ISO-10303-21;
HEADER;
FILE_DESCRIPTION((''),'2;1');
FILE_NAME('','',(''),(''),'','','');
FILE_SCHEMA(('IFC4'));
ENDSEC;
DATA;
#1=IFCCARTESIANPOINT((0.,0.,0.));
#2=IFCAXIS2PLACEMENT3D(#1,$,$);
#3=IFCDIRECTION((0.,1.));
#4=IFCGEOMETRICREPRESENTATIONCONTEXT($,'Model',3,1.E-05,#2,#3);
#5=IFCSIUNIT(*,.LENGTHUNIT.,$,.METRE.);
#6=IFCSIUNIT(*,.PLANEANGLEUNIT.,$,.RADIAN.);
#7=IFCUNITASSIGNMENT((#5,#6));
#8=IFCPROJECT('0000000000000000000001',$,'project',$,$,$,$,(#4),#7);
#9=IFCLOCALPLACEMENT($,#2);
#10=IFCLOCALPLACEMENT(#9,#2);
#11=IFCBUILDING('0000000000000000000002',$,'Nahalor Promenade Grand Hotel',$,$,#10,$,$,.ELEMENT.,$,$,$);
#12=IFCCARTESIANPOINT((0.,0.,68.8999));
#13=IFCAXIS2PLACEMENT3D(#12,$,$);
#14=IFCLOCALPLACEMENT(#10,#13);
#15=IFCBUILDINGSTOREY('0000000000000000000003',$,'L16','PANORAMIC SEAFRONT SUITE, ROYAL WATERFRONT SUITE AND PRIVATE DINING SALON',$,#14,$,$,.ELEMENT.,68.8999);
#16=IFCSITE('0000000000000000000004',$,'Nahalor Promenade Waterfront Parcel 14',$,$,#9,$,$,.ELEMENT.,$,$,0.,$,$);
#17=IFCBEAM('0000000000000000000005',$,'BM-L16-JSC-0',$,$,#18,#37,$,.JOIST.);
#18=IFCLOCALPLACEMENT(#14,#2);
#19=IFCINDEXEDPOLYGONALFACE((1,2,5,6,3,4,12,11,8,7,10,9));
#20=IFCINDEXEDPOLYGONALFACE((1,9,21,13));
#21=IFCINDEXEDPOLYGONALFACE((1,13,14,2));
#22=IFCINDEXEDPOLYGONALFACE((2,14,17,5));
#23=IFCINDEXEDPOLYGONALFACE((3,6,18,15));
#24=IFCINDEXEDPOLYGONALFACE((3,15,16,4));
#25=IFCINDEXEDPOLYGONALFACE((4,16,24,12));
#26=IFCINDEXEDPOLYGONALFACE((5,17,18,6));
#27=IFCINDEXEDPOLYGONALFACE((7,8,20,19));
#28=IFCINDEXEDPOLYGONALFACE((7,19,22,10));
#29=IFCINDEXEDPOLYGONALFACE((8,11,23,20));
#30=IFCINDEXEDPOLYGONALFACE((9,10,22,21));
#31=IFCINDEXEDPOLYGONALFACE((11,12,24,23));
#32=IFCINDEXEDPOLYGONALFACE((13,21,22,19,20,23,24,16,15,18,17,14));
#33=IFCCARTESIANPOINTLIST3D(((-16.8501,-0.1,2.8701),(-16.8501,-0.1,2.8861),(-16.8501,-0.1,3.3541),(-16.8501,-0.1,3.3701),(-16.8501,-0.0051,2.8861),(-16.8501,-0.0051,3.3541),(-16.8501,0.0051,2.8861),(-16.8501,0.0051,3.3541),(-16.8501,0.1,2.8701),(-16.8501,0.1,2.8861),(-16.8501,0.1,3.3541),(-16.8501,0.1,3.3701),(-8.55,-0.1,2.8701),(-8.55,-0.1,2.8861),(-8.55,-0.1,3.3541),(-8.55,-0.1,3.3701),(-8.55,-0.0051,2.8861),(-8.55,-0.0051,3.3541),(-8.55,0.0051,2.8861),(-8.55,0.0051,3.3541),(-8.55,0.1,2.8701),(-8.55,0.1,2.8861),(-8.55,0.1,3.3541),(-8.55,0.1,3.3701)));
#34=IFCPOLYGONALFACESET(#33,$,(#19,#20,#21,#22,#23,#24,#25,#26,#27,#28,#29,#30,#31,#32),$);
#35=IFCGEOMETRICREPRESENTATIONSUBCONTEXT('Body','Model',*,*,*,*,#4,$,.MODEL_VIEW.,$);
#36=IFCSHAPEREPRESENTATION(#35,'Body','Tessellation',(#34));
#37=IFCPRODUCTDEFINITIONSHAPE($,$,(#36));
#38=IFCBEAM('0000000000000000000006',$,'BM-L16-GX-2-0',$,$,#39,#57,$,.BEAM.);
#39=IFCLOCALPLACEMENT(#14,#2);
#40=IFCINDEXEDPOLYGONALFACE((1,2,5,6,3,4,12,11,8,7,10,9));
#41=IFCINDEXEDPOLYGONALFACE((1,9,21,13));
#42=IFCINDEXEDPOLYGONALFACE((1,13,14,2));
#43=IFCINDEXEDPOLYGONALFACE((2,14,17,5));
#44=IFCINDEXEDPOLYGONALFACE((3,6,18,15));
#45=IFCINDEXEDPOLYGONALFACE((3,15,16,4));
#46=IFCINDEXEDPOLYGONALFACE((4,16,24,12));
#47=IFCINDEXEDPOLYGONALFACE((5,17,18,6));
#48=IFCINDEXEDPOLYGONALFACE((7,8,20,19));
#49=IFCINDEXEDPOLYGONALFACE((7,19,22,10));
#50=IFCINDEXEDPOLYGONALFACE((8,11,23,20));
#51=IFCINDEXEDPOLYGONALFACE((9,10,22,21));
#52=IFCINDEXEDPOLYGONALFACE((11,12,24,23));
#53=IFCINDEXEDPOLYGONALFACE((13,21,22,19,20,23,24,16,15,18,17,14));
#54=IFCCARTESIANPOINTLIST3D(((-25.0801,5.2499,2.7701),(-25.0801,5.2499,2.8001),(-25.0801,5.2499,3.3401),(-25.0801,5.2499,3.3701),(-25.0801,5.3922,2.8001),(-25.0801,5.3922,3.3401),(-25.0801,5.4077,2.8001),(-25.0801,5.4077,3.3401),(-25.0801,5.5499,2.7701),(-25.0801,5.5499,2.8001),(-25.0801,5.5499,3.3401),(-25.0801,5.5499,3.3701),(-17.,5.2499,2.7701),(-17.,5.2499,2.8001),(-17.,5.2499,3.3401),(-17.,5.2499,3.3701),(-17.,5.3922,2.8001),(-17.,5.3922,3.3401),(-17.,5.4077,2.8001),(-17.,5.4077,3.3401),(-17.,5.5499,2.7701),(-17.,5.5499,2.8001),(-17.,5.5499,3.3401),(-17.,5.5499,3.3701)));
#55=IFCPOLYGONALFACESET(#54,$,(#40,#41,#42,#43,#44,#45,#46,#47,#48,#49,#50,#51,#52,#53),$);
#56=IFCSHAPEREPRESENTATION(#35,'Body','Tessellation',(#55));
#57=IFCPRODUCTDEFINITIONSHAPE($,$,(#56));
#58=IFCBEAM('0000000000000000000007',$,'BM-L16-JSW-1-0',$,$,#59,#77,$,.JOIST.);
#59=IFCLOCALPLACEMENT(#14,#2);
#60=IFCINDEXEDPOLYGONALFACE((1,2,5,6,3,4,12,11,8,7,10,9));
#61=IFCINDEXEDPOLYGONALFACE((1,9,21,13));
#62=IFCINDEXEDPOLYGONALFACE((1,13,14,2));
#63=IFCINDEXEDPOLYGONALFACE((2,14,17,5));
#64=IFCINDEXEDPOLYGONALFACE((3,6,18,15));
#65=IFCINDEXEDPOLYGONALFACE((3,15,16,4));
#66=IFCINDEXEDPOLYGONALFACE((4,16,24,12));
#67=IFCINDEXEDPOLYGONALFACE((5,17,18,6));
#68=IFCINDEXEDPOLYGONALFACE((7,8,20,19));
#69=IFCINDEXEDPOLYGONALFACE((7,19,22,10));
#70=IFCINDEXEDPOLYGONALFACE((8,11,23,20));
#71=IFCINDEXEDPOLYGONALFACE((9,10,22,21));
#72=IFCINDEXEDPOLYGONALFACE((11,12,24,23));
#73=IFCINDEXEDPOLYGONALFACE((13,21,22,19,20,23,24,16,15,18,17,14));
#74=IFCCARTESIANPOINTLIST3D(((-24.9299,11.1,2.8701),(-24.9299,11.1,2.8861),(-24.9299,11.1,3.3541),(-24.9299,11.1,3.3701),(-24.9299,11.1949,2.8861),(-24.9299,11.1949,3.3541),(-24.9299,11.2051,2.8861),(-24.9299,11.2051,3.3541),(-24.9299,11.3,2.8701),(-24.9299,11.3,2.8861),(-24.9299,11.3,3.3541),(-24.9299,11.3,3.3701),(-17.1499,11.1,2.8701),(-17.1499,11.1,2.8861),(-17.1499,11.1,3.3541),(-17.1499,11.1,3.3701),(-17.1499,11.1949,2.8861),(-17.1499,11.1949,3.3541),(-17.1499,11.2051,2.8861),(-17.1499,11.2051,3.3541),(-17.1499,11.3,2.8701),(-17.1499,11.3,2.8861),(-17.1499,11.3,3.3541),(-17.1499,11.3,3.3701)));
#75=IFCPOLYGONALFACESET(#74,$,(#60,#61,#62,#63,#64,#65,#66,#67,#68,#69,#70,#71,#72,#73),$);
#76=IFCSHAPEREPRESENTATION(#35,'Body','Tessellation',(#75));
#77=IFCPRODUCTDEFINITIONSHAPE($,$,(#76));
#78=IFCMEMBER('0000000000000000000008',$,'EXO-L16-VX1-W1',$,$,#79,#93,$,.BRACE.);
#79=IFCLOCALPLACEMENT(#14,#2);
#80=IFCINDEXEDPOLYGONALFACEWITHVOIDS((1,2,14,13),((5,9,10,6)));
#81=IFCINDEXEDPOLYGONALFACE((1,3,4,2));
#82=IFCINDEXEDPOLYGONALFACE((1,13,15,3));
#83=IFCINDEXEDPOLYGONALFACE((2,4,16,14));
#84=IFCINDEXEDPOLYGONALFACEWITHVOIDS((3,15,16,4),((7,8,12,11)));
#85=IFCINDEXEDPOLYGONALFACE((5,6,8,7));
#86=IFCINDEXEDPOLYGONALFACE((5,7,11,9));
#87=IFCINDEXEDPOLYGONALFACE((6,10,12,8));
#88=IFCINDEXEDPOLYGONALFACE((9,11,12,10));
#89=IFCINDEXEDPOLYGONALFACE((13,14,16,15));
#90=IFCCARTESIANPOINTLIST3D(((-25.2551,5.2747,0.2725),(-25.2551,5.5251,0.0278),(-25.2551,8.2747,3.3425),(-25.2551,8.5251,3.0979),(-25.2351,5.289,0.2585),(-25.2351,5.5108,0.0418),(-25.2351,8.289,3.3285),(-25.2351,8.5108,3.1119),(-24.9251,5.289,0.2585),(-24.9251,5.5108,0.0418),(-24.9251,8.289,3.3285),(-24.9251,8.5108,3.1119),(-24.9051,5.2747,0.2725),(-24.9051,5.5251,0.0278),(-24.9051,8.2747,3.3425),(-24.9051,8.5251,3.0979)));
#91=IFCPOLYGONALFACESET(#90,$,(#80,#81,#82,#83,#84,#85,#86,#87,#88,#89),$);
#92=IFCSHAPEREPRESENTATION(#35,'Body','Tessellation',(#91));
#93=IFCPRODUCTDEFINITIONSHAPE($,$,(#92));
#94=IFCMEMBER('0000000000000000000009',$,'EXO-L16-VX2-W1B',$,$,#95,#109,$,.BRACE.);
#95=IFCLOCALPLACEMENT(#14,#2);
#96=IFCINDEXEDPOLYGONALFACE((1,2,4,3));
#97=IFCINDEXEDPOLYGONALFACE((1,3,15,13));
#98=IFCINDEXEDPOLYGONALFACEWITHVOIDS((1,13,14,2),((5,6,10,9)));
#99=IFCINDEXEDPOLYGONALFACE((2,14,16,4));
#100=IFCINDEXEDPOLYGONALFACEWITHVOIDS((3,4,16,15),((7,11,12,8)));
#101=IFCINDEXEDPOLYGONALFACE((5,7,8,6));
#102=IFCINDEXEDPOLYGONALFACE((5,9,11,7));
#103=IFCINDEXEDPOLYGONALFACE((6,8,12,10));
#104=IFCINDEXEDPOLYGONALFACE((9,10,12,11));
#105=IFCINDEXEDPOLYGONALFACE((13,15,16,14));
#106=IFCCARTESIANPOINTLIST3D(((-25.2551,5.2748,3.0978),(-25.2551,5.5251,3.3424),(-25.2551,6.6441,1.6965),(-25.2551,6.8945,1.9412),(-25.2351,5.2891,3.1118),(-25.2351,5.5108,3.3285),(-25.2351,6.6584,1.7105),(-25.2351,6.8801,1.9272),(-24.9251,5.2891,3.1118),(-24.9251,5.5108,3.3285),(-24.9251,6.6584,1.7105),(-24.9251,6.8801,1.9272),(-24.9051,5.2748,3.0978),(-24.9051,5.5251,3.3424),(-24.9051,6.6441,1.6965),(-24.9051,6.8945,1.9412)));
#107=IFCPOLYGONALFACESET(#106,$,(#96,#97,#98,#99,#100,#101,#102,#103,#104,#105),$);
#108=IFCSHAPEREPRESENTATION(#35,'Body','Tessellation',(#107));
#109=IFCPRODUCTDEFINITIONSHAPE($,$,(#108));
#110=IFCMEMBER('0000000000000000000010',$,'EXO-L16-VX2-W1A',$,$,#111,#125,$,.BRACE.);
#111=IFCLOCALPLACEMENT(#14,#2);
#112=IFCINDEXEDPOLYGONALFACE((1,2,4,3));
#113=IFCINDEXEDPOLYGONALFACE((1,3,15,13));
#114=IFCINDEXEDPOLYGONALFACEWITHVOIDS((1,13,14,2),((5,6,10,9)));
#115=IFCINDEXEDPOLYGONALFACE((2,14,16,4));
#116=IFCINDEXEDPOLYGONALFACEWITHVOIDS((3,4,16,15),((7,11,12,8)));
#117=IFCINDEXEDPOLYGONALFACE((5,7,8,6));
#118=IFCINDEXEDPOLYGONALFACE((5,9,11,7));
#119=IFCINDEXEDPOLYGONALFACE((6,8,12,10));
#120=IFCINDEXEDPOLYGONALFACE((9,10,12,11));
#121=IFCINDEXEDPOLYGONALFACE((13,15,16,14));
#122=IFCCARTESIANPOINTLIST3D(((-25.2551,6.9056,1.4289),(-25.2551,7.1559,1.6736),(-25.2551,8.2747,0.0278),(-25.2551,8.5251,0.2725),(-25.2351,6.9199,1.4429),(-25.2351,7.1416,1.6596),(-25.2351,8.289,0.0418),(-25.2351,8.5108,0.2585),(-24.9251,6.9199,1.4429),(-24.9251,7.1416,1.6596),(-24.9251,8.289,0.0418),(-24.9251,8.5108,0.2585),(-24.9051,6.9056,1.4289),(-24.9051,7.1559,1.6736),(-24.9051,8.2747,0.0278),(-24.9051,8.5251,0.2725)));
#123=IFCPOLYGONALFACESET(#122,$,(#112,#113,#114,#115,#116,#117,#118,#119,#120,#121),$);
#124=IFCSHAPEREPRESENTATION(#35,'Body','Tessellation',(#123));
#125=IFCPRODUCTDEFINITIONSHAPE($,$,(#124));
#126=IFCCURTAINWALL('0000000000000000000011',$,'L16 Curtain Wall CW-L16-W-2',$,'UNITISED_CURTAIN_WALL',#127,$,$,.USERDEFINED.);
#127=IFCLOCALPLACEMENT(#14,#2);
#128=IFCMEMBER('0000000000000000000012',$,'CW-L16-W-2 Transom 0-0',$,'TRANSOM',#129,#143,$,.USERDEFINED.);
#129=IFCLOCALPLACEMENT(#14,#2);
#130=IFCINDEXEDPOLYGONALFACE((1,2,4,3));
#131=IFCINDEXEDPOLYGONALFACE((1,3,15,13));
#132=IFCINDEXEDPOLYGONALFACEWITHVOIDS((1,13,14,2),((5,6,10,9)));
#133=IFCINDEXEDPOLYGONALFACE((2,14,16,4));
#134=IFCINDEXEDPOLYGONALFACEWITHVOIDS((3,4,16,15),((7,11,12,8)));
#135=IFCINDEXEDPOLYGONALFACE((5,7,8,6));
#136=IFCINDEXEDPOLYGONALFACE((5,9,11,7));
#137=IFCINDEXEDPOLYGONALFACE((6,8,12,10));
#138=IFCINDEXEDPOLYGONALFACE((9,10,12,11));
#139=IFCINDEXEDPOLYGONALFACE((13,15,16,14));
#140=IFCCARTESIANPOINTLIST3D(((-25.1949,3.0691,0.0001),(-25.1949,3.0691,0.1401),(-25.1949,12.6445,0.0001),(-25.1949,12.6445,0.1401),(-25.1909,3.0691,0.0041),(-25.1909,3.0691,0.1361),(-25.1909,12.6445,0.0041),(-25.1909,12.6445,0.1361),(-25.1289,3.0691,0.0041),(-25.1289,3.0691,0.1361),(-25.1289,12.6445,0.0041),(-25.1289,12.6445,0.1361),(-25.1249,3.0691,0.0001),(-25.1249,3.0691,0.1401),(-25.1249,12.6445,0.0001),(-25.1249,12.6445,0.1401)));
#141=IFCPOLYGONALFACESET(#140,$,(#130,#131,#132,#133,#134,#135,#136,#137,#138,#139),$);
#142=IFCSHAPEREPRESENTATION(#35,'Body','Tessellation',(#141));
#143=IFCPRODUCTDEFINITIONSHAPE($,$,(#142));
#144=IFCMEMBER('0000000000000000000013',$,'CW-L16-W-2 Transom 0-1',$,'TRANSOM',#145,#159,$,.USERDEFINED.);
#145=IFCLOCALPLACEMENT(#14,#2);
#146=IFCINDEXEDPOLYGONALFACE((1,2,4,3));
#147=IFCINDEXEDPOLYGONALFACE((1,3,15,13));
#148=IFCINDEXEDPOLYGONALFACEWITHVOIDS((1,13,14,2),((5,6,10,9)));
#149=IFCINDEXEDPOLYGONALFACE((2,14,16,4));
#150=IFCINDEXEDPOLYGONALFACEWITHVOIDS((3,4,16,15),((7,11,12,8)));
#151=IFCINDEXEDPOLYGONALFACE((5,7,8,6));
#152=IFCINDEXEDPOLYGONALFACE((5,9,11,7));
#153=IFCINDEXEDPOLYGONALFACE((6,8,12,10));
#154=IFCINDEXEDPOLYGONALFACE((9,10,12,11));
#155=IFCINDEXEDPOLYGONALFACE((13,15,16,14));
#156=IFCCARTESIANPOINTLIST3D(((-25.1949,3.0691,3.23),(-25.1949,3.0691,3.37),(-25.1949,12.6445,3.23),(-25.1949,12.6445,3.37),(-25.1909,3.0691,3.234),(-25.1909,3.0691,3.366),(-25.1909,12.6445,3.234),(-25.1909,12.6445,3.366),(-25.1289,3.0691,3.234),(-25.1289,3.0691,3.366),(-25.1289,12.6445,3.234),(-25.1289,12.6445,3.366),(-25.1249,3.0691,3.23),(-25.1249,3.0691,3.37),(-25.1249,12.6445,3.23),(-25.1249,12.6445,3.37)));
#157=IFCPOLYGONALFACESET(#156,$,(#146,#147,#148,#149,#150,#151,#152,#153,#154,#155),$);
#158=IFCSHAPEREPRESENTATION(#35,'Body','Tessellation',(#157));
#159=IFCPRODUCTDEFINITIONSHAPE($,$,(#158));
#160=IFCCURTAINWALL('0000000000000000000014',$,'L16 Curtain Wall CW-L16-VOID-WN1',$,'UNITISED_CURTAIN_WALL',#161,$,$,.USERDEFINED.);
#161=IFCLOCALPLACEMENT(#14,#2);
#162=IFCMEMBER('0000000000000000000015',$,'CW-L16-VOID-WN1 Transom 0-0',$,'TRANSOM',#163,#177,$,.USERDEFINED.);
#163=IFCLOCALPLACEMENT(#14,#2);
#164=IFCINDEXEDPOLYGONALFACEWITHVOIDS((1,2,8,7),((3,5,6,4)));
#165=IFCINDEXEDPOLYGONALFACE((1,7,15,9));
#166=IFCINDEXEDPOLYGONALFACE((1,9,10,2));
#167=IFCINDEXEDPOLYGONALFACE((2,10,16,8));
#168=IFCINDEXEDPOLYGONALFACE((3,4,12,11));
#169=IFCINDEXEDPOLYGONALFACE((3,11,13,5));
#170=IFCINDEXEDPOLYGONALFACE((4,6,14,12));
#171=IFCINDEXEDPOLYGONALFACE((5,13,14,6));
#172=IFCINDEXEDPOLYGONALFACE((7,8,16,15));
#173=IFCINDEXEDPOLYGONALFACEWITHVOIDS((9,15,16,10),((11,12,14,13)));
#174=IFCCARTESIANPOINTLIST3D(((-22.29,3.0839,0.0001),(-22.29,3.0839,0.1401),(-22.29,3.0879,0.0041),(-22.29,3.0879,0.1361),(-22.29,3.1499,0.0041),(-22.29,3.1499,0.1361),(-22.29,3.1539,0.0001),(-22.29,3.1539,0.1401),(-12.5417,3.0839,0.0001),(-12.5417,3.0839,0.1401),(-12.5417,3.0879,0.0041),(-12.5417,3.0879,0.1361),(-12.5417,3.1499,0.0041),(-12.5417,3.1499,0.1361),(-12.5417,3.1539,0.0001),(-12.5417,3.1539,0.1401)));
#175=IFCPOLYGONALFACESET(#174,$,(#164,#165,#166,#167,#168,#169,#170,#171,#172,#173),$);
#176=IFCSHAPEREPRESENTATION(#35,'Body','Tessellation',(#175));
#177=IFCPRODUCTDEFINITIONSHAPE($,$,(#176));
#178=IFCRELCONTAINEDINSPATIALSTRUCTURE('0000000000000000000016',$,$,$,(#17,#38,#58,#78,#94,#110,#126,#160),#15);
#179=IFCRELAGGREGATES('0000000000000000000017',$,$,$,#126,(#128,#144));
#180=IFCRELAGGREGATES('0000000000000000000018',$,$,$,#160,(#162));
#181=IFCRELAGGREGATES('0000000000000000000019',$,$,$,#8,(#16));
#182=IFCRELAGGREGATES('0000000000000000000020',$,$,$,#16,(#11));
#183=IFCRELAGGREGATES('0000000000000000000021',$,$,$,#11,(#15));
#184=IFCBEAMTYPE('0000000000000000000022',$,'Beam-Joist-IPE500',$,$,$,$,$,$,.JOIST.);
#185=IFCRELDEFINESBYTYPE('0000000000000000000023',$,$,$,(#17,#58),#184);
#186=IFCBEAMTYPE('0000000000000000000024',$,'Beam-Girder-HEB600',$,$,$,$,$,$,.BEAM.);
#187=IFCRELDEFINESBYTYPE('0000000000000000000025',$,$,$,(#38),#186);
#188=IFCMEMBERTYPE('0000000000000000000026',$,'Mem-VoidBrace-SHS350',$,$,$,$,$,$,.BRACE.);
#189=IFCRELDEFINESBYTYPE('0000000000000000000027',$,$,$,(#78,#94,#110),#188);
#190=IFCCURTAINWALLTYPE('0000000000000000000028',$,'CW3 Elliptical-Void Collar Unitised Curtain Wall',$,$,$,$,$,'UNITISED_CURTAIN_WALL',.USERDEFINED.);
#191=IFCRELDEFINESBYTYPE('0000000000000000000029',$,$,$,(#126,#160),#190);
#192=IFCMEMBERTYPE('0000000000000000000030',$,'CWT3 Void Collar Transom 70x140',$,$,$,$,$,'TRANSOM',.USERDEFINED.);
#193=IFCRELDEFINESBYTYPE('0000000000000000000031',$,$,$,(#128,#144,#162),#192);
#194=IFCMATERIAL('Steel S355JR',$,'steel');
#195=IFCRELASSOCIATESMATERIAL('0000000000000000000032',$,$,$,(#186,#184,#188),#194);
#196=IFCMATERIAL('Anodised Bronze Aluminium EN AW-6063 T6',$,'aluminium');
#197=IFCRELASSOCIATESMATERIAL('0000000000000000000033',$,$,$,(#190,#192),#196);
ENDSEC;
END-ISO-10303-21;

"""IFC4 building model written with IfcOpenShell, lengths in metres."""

from ifc_helpers import new_model, si_unit, direction, frame, origin, origin_2d, place, context, subcontext, project, spatial, hollow_rectangle, i_section, extrude, source, transform, mapped, material, material_profile, profile_set, type_object, element, aggregate, save


model = new_model("IFC4")

# Units and contexts
model_context = context("Model", 3, precision=1e-05, world=origin(), true_north=direction((0.0, 1.0)))
body_context = subcontext(model_context, "Body", "Model", "MODEL_VIEW")
ifc_project = project(units=[si_unit("LENGTHUNIT", "METRE"), si_unit("PLANEANGLEUNIT", "RADIAN")], contexts=[model_context])

# Site, building, storey
site_placement = place(None, origin())
site = spatial("IfcSite", under=ifc_project, at=site_placement, Name="Nahalor Promenade Waterfront Parcel 14", CompositionType="ELEMENT", RefElevation=0.0)
building_placement = place(site_placement, origin())
building = spatial("IfcBuilding", under=site, at=building_placement, Name="Nahalor Promenade Grand Hotel", CompositionType="ELEMENT")
storey_placement = place(building_placement, frame((0.0, 0.0, 68.8999)))
storey = spatial("IfcBuildingStorey", under=building, at=storey_placement, Name="L16", Description="PANORAMIC SEAFRONT SUITE, ROYAL WATERFRONT SUITE AND PRIVATE DINING SALON", CompositionType="ELEMENT", Elevation=68.8999)

# Beams
ifc_material_1 = material(Name="Steel S355JR", Category="steel")
ifc_material_profile_1 = material_profile(ifc_material_1, i_section(OverallWidth=0.3, OverallDepth=0.6, WebThickness=0.0155, FlangeThickness=0.03, at=origin_2d()), Name="HEB 600")
ifc_profile_set_1 = profile_set([ifc_material_profile_1], Name="Steel S355JR")
beam_type_1 = type_object("IfcBeamType", Name="Beam-Girder-HEB600", PredefinedType="BEAM", material=ifc_profile_set_1)
ifc_material_profile_2 = material_profile(ifc_material_1, i_section(OverallWidth=0.2, OverallDepth=0.5, WebThickness=0.0102, FlangeThickness=0.016, at=origin_2d()), Name="IPE 500")
ifc_profile_set_2 = profile_set([ifc_material_profile_2], Name="Steel S355JR")
beam_type_2 = type_object("IfcBeamType", Name="Beam-Joist-IPE500", PredefinedType="JOIST", material=ifc_profile_set_2)
shared_shape_1 = source(origin(), body_context, "Body", "SweptSolid", [
    extrude(i_section(OverallWidth=0.2, OverallDepth=0.5, WebThickness=0.0102, FlangeThickness=0.016, at=origin_2d()), origin(), (0.0, 0.0, 1.0), 8.3),
])
for number, where, z_axis, x_axis, name in (
    (1, (-16.8501, 0.0, 3.1201), (1.0, 0.0, 0.0), (0.0, 1.0, 0.0), "BM-L16-JSC-0"),
):
    element("IfcBeam", number, at=place(storey_placement, frame(where, z_axis=z_axis, x_axis=x_axis)), inside=storey, type_object=beam_type_2, Name=name, PredefinedType="JOIST", context=body_context, shape_type="MappedRepresentation", body=[
        mapped(shared_shape_1, transform((0.0, 0.0, 0.0), scale=1.0)),
    ])
shared_shape_2 = source(origin(), body_context, "Body", "SweptSolid", [
    extrude(i_section(OverallWidth=0.3, OverallDepth=0.6, WebThickness=0.0155, FlangeThickness=0.03, at=origin_2d()), origin(), (0.0, 0.0, 1.0), 8.0801),
])
beam_1_placement = place(storey_placement, frame((-25.0801, 5.3999, 3.0701), z_axis=(1.0, 0.0, 0.0), x_axis=(0.0, 1.0, 0.0)))
element("IfcBeam", 2, at=beam_1_placement, inside=storey, type_object=beam_type_1, Name="BM-L16-GX-2-0", PredefinedType="BEAM", context=body_context, shape_type="MappedRepresentation", body=[
    mapped(shared_shape_2, transform((0.0, 0.0, 0.0), scale=1.0)),
])
shared_shape_3 = source(origin(), body_context, "Body", "SweptSolid", [
    extrude(i_section(OverallWidth=0.2, OverallDepth=0.5, WebThickness=0.0102, FlangeThickness=0.016, at=origin_2d()), origin(), (0.0, 0.0, 1.0), 7.78),
])
beam_2_placement = place(storey_placement, frame((-24.9299, 11.2, 3.1201), z_axis=(1.0, 0.0, 0.0), x_axis=(0.0, 1.0, 0.0)))
element("IfcBeam", 3, at=beam_2_placement, inside=storey, type_object=beam_type_2, Name="BM-L16-JSW-1-0", PredefinedType="JOIST", context=body_context, shape_type="MappedRepresentation", body=[
    mapped(shared_shape_3, transform((0.0, 0.0, 0.0), scale=1.0)),
])

# Members
ifc_material_profile_3 = material_profile(ifc_material_1, hollow_rectangle(XDim=0.35, YDim=0.35, WallThickness=0.02, at=origin_2d()), Name="SHS 350x350x20")
ifc_profile_set_3 = profile_set([ifc_material_profile_3], Name="Steel S355JR")
member_type_1 = type_object("IfcMemberType", Name="Mem-VoidBrace-SHS350", PredefinedType="BRACE", material=ifc_profile_set_3)
shared_shape_4 = source(origin(), body_context, "Body", "SweptSolid", [
    extrude(hollow_rectangle(XDim=0.35, YDim=0.35, WallThickness=0.02, at=origin_2d()), origin(), (0.0, 0.0, 1.0), 4.2925),
])
member_1_placement = place(storey_placement, frame((-25.0801, 5.3999, 0.1501), z_axis=(0.0, 0.698898, 0.715221), x_axis=(-1.0, 0.0, 0.0)))
element("IfcMember", 4, at=member_1_placement, inside=storey, type_object=member_type_1, Name="EXO-L16-VX1-W1", PredefinedType="BRACE", context=body_context, shape_type="MappedRepresentation", body=[
    mapped(shared_shape_4, transform((0.0, 0.0, 0.0), scale=1.0)),
])
shared_shape_5 = source(origin(), body_context, "Body", "SweptSolid", [
    extrude(hollow_rectangle(XDim=0.35, YDim=0.35, WallThickness=0.02, at=origin_2d()), origin(), (0.0, 0.0, 1.0), 1.9592),
])
member_2_placement = place(storey_placement, frame((-25.0801, 6.7693, 1.8188), z_axis=(0.0, -0.698898, 0.715221), x_axis=(1.0, 0.0, 0.0)))
element("IfcMember", 5, at=member_2_placement, inside=storey, type_object=member_type_1, Name="EXO-L16-VX2-W1B", PredefinedType="BRACE", context=body_context, shape_type="MappedRepresentation", body=[
    mapped(shared_shape_5, transform((0.0, 0.0, 0.0), scale=1.0)),
])
shared_shape_6 = source(origin(), body_context, "Body", "SweptSolid", [
    extrude(hollow_rectangle(XDim=0.35, YDim=0.35, WallThickness=0.02, at=origin_2d()), origin(), (0.0, 0.0, 1.0), 1.959),
])
member_3_placement = place(storey_placement, frame((-25.0801, 8.3999, 0.1501), z_axis=(0.0, -0.698897, 0.715223), x_axis=(1.0, 0.0, 0.0)))
element("IfcMember", 6, at=member_3_placement, inside=storey, type_object=member_type_1, Name="EXO-L16-VX2-W1A", PredefinedType="BRACE", context=body_context, shape_type="MappedRepresentation", body=[
    mapped(shared_shape_6, transform((0.0, 0.0, 0.0), scale=1.0)),
])

# Curtain walls, members
ifc_material_2 = material(Name="Anodised Bronze Aluminium EN AW-6063 T6", Category="aluminium")
curtain_wall_type = type_object("IfcCurtainWallType", Name="CW3 Elliptical-Void Collar Unitised Curtain Wall", ElementType="UNITISED_CURTAIN_WALL", PredefinedType="USERDEFINED", material=ifc_material_2)
curtain_wall_1_placement = place(storey_placement, origin())
curtain_wall_1 = element("IfcCurtainWall", 7, at=curtain_wall_1_placement, inside=storey, type_object=curtain_wall_type, Name="L16 Curtain Wall CW-L16-W-2", ObjectType="UNITISED_CURTAIN_WALL", PredefinedType="USERDEFINED")
ifc_material_profile_4 = material_profile(ifc_material_2, hollow_rectangle(XDim=0.07, YDim=0.14, WallThickness=0.004, at=origin_2d()), Name="CWT 70x140x4")
ifc_profile_set_4 = profile_set([ifc_material_profile_4], Name="Anodised Bronze Aluminium EN AW-6063 T6")
member_type_2 = type_object("IfcMemberType", Name="CWT3 Void Collar Transom 70x140", ElementType="TRANSOM", PredefinedType="USERDEFINED", material=ifc_profile_set_4)
shared_shape_7 = source(origin(), body_context, "Body", "SweptSolid", [
    extrude(hollow_rectangle(XDim=0.07, YDim=0.14, WallThickness=0.004, at=origin_2d()), origin(), (0.0, 0.0, 1.0), 9.5754),
])
member_4_placement = place(storey_placement, frame((-25.1599, 3.0691, 0.0701), z_axis=(0.0, 1.0, 0.0), x_axis=(-1.0, 0.0, 0.0)))
member_4 = element("IfcMember", 8, at=member_4_placement, type_object=member_type_2, Name="CW-L16-W-2 Transom 0-0", ObjectType="TRANSOM", PredefinedType="USERDEFINED", context=body_context, shape_type="MappedRepresentation", body=[
    mapped(shared_shape_7, transform((0.0, 0.0, 0.0), scale=1.0)),
])
member_5_placement = place(storey_placement, frame((-25.1599, 3.0691, 3.3), z_axis=(0.0, 1.0, 0.0), x_axis=(-1.0, 0.0, 0.0)))
member_5 = element("IfcMember", 9, at=member_5_placement, type_object=member_type_2, Name="CW-L16-W-2 Transom 0-1", ObjectType="TRANSOM", PredefinedType="USERDEFINED", context=body_context, shape_type="MappedRepresentation", body=[
    mapped(shared_shape_7, transform((0.0, 0.0, 0.0), scale=1.0)),
])
curtain_wall_2_placement = place(storey_placement, origin())
curtain_wall_2 = element("IfcCurtainWall", 10, at=curtain_wall_2_placement, inside=storey, type_object=curtain_wall_type, Name="L16 Curtain Wall CW-L16-VOID-WN1", ObjectType="UNITISED_CURTAIN_WALL", PredefinedType="USERDEFINED")
shared_shape_8 = source(origin(), body_context, "Body", "SweptSolid", [
    extrude(hollow_rectangle(XDim=0.07, YDim=0.14, WallThickness=0.004, at=origin_2d()), origin(), (0.0, 0.0, 1.0), 9.7483),
])
member_6_placement = place(storey_placement, frame((-22.29, 3.1189, 0.0701), z_axis=(1.0, 0.0, 0.0), x_axis=(0.0, 1.0, 0.0)))
member_6 = element("IfcMember", 11, at=member_6_placement, type_object=member_type_2, Name="CW-L16-VOID-WN1 Transom 0-0", ObjectType="TRANSOM", PredefinedType="USERDEFINED", context=body_context, shape_type="MappedRepresentation", body=[
    mapped(shared_shape_8, transform((0.0, 0.0, 0.0), scale=1.0)),
])

aggregate(curtain_wall_1, [member_4, member_5])
aggregate(curtain_wall_2, [member_6])

save(model, "model.ifc")
